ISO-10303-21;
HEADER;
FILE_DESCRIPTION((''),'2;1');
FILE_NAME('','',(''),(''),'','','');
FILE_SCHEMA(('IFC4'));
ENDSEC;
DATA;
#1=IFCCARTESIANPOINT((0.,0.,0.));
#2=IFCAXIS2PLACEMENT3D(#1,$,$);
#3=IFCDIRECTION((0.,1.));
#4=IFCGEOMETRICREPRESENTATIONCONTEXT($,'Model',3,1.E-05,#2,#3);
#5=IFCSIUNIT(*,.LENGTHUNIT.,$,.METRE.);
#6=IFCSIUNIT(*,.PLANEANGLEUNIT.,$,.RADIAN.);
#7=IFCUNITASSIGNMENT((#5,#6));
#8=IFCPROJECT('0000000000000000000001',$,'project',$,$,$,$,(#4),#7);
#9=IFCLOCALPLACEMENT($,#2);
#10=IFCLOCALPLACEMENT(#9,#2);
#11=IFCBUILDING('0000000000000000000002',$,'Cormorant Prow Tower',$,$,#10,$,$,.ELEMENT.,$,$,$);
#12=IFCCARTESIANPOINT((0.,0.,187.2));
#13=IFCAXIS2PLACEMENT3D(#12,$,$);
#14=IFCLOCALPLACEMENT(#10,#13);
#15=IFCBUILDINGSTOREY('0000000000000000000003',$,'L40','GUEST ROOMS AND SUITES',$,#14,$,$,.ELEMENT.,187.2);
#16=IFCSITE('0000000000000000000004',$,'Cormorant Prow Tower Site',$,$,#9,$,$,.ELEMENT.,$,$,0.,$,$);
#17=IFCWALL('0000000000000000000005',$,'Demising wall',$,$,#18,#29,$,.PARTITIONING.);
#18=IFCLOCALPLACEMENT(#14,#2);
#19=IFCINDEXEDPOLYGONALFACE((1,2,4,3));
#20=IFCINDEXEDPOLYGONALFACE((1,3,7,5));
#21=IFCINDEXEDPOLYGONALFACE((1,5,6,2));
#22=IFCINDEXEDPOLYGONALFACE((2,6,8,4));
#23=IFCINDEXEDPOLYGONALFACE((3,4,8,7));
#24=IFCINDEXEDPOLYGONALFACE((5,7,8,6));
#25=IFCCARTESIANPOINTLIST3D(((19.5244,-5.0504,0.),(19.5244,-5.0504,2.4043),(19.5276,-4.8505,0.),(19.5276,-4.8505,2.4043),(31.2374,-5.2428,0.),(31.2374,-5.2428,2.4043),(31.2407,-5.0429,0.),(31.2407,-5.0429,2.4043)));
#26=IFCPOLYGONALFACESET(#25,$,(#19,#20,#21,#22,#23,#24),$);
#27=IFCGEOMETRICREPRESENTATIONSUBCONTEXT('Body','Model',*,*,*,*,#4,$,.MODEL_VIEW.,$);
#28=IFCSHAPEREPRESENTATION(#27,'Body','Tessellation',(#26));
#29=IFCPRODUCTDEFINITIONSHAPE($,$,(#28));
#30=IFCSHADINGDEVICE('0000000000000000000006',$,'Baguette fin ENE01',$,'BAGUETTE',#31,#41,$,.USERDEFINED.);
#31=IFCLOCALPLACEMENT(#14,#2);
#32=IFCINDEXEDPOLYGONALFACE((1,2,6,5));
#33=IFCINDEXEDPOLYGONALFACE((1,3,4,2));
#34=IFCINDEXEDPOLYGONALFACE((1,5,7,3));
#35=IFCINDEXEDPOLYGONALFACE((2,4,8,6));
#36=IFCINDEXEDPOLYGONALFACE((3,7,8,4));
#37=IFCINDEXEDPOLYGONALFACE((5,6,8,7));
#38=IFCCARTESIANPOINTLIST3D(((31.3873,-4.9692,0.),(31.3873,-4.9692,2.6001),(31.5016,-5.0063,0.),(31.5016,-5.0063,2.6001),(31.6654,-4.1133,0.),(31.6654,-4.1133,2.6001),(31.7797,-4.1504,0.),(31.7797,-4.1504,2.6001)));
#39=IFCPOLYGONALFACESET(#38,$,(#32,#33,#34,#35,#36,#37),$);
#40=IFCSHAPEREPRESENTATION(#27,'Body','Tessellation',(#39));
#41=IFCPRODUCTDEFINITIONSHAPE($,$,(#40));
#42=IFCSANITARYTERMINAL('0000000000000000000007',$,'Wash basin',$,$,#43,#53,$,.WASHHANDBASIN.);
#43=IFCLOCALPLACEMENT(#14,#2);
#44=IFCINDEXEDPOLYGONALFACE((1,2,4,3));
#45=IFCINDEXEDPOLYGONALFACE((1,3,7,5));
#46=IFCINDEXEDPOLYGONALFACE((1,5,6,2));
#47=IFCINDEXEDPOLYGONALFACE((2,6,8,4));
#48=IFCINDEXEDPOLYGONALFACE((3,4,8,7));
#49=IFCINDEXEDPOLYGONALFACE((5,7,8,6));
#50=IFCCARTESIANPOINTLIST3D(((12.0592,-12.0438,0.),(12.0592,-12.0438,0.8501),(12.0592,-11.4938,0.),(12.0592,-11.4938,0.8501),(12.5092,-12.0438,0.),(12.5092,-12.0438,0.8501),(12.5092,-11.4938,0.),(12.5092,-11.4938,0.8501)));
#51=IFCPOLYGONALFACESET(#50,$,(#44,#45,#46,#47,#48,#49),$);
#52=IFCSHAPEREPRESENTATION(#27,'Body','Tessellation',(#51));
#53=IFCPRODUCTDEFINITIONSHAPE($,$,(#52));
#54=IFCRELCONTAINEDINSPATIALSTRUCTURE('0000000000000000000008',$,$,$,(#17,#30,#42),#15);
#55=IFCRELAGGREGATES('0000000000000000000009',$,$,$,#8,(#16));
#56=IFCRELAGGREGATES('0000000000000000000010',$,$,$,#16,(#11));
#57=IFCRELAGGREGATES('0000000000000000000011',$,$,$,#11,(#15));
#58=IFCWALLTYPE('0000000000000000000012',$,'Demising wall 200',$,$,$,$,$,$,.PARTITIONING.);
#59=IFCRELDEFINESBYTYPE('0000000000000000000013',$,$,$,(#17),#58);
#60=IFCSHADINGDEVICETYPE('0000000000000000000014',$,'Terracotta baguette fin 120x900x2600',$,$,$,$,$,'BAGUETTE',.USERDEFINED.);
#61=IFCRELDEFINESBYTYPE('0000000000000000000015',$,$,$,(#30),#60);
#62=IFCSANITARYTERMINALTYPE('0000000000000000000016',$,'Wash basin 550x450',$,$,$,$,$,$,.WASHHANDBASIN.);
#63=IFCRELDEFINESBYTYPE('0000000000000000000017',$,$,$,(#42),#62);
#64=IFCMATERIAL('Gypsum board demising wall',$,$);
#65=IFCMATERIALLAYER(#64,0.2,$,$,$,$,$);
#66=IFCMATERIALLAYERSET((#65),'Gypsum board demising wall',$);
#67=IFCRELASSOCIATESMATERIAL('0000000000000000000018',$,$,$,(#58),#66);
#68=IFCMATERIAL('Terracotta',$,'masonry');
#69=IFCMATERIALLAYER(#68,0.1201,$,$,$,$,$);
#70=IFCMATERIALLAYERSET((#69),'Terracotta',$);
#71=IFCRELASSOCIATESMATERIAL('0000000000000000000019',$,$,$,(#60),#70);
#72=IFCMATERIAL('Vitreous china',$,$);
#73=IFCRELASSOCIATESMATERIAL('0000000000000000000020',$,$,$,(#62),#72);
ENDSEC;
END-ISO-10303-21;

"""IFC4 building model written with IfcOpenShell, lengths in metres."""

from ifc_helpers import new_model, si_unit, direction, frame, frame_2d, origin, origin_2d, place, context, subcontext, project, spatial, rectangle, extrude, material, layer, layer_set, type_object, element, save


model = new_model("IFC4")

# Units and contexts
model_context = context("Model", 3, precision=1e-05, world=origin(), true_north=direction((0.0, 1.0)))
body_context = subcontext(model_context, "Body", "Model", "MODEL_VIEW")
ifc_project = project(units=[si_unit("LENGTHUNIT", "METRE"), si_unit("PLANEANGLEUNIT", "RADIAN")], contexts=[model_context])

# Site, building, storey
site_placement = place(None, origin())
site = spatial("IfcSite", under=ifc_project, at=site_placement, Name="Cormorant Prow Tower Site", CompositionType="ELEMENT", RefElevation=0.0)
building_placement = place(site_placement, origin())
building = spatial("IfcBuilding", under=site, at=building_placement, Name="Cormorant Prow Tower", CompositionType="ELEMENT")
storey_placement = place(building_placement, frame((0.0, 0.0, 187.2)))
storey = spatial("IfcBuildingStorey", under=building, at=storey_placement, Name="L40", Description="GUEST ROOMS AND SUITES", CompositionType="ELEMENT", Elevation=187.2)

# Wall
ifc_material_1 = material(Name="Gypsum board demising wall")
ifc_layer_1 = layer(ifc_material_1, 0.2)
ifc_layer_set_1 = layer_set([ifc_layer_1], Name="Gypsum board demising wall")
wall_type_1 = type_object("IfcWallType", Name="Demising wall 200", PredefinedType="PARTITIONING", material=ifc_layer_set_1)
wall_1_placement = place(storey_placement, frame((19.5259, -4.9504, 0.0), z_axis=(0.0, 0.0, 1.0), x_axis=(0.999865, -0.016422, 0.0)))
element("IfcWall", 1, at=wall_1_placement, inside=storey, type_object=wall_type_1, Name="Demising wall", PredefinedType="PARTITIONING", context=body_context, shape_type="SweptSolid", body=[
    extrude(rectangle(XDim=11.7146, YDim=0.2, at=frame_2d((5.8574, 0.0))), origin(), (0.0, 0.0, 1.0), 2.4043),
])

# Shading device
ifc_material_2 = material(Name="Terracotta", Category="masonry")
ifc_layer_2 = layer(ifc_material_2, 0.1201)
ifc_layer_set_2 = layer_set([ifc_layer_2], Name="Terracotta")
shading_device_type = type_object("IfcShadingDeviceType", Name="Terracotta baguette fin 120x900x2600", ElementType="BAGUETTE", PredefinedType="USERDEFINED", material=ifc_layer_set_2)
shading_device_placement = place(storey_placement, frame((31.5835, -4.5598, 0.0), z_axis=(0.0, 0.0, 1.0), x_axis=(-0.951057, 0.309017, 0.0)))
element("IfcShadingDevice", 2, at=shading_device_placement, inside=storey, type_object=shading_device_type, Name="Baguette fin ENE01", ObjectType="BAGUETTE", PredefinedType="USERDEFINED", context=body_context, shape_type="SweptSolid", body=[
    extrude(rectangle(XDim=0.1201, YDim=0.8999, at=origin_2d()), origin(), (0.0, 0.0, 1.0), 2.6001),
])

# Sanitary terminal
ifc_material_3 = material(Name="Vitreous china")
sanitary_terminal_type = type_object("IfcSanitaryTerminalType", Name="Wash basin 550x450", PredefinedType="WASHHANDBASIN", material=ifc_material_3)
sanitary_terminal_placement = place(storey_placement, frame((12.2842, -11.7688, 0.0), z_axis=(0.0, 0.0, 1.0), x_axis=(0.0, -1.0, 0.0)))
element("IfcSanitaryTerminal", 3, at=sanitary_terminal_placement, inside=storey, type_object=sanitary_terminal_type, Name="Wash basin", PredefinedType="WASHHANDBASIN", context=body_context, shape_type="SweptSolid", body=[
    extrude(rectangle(XDim=0.55, YDim=0.45, at=origin_2d()), origin(), (0.0, 0.0, 1.0), 0.8501),
])

save(model, "model.ifc")
